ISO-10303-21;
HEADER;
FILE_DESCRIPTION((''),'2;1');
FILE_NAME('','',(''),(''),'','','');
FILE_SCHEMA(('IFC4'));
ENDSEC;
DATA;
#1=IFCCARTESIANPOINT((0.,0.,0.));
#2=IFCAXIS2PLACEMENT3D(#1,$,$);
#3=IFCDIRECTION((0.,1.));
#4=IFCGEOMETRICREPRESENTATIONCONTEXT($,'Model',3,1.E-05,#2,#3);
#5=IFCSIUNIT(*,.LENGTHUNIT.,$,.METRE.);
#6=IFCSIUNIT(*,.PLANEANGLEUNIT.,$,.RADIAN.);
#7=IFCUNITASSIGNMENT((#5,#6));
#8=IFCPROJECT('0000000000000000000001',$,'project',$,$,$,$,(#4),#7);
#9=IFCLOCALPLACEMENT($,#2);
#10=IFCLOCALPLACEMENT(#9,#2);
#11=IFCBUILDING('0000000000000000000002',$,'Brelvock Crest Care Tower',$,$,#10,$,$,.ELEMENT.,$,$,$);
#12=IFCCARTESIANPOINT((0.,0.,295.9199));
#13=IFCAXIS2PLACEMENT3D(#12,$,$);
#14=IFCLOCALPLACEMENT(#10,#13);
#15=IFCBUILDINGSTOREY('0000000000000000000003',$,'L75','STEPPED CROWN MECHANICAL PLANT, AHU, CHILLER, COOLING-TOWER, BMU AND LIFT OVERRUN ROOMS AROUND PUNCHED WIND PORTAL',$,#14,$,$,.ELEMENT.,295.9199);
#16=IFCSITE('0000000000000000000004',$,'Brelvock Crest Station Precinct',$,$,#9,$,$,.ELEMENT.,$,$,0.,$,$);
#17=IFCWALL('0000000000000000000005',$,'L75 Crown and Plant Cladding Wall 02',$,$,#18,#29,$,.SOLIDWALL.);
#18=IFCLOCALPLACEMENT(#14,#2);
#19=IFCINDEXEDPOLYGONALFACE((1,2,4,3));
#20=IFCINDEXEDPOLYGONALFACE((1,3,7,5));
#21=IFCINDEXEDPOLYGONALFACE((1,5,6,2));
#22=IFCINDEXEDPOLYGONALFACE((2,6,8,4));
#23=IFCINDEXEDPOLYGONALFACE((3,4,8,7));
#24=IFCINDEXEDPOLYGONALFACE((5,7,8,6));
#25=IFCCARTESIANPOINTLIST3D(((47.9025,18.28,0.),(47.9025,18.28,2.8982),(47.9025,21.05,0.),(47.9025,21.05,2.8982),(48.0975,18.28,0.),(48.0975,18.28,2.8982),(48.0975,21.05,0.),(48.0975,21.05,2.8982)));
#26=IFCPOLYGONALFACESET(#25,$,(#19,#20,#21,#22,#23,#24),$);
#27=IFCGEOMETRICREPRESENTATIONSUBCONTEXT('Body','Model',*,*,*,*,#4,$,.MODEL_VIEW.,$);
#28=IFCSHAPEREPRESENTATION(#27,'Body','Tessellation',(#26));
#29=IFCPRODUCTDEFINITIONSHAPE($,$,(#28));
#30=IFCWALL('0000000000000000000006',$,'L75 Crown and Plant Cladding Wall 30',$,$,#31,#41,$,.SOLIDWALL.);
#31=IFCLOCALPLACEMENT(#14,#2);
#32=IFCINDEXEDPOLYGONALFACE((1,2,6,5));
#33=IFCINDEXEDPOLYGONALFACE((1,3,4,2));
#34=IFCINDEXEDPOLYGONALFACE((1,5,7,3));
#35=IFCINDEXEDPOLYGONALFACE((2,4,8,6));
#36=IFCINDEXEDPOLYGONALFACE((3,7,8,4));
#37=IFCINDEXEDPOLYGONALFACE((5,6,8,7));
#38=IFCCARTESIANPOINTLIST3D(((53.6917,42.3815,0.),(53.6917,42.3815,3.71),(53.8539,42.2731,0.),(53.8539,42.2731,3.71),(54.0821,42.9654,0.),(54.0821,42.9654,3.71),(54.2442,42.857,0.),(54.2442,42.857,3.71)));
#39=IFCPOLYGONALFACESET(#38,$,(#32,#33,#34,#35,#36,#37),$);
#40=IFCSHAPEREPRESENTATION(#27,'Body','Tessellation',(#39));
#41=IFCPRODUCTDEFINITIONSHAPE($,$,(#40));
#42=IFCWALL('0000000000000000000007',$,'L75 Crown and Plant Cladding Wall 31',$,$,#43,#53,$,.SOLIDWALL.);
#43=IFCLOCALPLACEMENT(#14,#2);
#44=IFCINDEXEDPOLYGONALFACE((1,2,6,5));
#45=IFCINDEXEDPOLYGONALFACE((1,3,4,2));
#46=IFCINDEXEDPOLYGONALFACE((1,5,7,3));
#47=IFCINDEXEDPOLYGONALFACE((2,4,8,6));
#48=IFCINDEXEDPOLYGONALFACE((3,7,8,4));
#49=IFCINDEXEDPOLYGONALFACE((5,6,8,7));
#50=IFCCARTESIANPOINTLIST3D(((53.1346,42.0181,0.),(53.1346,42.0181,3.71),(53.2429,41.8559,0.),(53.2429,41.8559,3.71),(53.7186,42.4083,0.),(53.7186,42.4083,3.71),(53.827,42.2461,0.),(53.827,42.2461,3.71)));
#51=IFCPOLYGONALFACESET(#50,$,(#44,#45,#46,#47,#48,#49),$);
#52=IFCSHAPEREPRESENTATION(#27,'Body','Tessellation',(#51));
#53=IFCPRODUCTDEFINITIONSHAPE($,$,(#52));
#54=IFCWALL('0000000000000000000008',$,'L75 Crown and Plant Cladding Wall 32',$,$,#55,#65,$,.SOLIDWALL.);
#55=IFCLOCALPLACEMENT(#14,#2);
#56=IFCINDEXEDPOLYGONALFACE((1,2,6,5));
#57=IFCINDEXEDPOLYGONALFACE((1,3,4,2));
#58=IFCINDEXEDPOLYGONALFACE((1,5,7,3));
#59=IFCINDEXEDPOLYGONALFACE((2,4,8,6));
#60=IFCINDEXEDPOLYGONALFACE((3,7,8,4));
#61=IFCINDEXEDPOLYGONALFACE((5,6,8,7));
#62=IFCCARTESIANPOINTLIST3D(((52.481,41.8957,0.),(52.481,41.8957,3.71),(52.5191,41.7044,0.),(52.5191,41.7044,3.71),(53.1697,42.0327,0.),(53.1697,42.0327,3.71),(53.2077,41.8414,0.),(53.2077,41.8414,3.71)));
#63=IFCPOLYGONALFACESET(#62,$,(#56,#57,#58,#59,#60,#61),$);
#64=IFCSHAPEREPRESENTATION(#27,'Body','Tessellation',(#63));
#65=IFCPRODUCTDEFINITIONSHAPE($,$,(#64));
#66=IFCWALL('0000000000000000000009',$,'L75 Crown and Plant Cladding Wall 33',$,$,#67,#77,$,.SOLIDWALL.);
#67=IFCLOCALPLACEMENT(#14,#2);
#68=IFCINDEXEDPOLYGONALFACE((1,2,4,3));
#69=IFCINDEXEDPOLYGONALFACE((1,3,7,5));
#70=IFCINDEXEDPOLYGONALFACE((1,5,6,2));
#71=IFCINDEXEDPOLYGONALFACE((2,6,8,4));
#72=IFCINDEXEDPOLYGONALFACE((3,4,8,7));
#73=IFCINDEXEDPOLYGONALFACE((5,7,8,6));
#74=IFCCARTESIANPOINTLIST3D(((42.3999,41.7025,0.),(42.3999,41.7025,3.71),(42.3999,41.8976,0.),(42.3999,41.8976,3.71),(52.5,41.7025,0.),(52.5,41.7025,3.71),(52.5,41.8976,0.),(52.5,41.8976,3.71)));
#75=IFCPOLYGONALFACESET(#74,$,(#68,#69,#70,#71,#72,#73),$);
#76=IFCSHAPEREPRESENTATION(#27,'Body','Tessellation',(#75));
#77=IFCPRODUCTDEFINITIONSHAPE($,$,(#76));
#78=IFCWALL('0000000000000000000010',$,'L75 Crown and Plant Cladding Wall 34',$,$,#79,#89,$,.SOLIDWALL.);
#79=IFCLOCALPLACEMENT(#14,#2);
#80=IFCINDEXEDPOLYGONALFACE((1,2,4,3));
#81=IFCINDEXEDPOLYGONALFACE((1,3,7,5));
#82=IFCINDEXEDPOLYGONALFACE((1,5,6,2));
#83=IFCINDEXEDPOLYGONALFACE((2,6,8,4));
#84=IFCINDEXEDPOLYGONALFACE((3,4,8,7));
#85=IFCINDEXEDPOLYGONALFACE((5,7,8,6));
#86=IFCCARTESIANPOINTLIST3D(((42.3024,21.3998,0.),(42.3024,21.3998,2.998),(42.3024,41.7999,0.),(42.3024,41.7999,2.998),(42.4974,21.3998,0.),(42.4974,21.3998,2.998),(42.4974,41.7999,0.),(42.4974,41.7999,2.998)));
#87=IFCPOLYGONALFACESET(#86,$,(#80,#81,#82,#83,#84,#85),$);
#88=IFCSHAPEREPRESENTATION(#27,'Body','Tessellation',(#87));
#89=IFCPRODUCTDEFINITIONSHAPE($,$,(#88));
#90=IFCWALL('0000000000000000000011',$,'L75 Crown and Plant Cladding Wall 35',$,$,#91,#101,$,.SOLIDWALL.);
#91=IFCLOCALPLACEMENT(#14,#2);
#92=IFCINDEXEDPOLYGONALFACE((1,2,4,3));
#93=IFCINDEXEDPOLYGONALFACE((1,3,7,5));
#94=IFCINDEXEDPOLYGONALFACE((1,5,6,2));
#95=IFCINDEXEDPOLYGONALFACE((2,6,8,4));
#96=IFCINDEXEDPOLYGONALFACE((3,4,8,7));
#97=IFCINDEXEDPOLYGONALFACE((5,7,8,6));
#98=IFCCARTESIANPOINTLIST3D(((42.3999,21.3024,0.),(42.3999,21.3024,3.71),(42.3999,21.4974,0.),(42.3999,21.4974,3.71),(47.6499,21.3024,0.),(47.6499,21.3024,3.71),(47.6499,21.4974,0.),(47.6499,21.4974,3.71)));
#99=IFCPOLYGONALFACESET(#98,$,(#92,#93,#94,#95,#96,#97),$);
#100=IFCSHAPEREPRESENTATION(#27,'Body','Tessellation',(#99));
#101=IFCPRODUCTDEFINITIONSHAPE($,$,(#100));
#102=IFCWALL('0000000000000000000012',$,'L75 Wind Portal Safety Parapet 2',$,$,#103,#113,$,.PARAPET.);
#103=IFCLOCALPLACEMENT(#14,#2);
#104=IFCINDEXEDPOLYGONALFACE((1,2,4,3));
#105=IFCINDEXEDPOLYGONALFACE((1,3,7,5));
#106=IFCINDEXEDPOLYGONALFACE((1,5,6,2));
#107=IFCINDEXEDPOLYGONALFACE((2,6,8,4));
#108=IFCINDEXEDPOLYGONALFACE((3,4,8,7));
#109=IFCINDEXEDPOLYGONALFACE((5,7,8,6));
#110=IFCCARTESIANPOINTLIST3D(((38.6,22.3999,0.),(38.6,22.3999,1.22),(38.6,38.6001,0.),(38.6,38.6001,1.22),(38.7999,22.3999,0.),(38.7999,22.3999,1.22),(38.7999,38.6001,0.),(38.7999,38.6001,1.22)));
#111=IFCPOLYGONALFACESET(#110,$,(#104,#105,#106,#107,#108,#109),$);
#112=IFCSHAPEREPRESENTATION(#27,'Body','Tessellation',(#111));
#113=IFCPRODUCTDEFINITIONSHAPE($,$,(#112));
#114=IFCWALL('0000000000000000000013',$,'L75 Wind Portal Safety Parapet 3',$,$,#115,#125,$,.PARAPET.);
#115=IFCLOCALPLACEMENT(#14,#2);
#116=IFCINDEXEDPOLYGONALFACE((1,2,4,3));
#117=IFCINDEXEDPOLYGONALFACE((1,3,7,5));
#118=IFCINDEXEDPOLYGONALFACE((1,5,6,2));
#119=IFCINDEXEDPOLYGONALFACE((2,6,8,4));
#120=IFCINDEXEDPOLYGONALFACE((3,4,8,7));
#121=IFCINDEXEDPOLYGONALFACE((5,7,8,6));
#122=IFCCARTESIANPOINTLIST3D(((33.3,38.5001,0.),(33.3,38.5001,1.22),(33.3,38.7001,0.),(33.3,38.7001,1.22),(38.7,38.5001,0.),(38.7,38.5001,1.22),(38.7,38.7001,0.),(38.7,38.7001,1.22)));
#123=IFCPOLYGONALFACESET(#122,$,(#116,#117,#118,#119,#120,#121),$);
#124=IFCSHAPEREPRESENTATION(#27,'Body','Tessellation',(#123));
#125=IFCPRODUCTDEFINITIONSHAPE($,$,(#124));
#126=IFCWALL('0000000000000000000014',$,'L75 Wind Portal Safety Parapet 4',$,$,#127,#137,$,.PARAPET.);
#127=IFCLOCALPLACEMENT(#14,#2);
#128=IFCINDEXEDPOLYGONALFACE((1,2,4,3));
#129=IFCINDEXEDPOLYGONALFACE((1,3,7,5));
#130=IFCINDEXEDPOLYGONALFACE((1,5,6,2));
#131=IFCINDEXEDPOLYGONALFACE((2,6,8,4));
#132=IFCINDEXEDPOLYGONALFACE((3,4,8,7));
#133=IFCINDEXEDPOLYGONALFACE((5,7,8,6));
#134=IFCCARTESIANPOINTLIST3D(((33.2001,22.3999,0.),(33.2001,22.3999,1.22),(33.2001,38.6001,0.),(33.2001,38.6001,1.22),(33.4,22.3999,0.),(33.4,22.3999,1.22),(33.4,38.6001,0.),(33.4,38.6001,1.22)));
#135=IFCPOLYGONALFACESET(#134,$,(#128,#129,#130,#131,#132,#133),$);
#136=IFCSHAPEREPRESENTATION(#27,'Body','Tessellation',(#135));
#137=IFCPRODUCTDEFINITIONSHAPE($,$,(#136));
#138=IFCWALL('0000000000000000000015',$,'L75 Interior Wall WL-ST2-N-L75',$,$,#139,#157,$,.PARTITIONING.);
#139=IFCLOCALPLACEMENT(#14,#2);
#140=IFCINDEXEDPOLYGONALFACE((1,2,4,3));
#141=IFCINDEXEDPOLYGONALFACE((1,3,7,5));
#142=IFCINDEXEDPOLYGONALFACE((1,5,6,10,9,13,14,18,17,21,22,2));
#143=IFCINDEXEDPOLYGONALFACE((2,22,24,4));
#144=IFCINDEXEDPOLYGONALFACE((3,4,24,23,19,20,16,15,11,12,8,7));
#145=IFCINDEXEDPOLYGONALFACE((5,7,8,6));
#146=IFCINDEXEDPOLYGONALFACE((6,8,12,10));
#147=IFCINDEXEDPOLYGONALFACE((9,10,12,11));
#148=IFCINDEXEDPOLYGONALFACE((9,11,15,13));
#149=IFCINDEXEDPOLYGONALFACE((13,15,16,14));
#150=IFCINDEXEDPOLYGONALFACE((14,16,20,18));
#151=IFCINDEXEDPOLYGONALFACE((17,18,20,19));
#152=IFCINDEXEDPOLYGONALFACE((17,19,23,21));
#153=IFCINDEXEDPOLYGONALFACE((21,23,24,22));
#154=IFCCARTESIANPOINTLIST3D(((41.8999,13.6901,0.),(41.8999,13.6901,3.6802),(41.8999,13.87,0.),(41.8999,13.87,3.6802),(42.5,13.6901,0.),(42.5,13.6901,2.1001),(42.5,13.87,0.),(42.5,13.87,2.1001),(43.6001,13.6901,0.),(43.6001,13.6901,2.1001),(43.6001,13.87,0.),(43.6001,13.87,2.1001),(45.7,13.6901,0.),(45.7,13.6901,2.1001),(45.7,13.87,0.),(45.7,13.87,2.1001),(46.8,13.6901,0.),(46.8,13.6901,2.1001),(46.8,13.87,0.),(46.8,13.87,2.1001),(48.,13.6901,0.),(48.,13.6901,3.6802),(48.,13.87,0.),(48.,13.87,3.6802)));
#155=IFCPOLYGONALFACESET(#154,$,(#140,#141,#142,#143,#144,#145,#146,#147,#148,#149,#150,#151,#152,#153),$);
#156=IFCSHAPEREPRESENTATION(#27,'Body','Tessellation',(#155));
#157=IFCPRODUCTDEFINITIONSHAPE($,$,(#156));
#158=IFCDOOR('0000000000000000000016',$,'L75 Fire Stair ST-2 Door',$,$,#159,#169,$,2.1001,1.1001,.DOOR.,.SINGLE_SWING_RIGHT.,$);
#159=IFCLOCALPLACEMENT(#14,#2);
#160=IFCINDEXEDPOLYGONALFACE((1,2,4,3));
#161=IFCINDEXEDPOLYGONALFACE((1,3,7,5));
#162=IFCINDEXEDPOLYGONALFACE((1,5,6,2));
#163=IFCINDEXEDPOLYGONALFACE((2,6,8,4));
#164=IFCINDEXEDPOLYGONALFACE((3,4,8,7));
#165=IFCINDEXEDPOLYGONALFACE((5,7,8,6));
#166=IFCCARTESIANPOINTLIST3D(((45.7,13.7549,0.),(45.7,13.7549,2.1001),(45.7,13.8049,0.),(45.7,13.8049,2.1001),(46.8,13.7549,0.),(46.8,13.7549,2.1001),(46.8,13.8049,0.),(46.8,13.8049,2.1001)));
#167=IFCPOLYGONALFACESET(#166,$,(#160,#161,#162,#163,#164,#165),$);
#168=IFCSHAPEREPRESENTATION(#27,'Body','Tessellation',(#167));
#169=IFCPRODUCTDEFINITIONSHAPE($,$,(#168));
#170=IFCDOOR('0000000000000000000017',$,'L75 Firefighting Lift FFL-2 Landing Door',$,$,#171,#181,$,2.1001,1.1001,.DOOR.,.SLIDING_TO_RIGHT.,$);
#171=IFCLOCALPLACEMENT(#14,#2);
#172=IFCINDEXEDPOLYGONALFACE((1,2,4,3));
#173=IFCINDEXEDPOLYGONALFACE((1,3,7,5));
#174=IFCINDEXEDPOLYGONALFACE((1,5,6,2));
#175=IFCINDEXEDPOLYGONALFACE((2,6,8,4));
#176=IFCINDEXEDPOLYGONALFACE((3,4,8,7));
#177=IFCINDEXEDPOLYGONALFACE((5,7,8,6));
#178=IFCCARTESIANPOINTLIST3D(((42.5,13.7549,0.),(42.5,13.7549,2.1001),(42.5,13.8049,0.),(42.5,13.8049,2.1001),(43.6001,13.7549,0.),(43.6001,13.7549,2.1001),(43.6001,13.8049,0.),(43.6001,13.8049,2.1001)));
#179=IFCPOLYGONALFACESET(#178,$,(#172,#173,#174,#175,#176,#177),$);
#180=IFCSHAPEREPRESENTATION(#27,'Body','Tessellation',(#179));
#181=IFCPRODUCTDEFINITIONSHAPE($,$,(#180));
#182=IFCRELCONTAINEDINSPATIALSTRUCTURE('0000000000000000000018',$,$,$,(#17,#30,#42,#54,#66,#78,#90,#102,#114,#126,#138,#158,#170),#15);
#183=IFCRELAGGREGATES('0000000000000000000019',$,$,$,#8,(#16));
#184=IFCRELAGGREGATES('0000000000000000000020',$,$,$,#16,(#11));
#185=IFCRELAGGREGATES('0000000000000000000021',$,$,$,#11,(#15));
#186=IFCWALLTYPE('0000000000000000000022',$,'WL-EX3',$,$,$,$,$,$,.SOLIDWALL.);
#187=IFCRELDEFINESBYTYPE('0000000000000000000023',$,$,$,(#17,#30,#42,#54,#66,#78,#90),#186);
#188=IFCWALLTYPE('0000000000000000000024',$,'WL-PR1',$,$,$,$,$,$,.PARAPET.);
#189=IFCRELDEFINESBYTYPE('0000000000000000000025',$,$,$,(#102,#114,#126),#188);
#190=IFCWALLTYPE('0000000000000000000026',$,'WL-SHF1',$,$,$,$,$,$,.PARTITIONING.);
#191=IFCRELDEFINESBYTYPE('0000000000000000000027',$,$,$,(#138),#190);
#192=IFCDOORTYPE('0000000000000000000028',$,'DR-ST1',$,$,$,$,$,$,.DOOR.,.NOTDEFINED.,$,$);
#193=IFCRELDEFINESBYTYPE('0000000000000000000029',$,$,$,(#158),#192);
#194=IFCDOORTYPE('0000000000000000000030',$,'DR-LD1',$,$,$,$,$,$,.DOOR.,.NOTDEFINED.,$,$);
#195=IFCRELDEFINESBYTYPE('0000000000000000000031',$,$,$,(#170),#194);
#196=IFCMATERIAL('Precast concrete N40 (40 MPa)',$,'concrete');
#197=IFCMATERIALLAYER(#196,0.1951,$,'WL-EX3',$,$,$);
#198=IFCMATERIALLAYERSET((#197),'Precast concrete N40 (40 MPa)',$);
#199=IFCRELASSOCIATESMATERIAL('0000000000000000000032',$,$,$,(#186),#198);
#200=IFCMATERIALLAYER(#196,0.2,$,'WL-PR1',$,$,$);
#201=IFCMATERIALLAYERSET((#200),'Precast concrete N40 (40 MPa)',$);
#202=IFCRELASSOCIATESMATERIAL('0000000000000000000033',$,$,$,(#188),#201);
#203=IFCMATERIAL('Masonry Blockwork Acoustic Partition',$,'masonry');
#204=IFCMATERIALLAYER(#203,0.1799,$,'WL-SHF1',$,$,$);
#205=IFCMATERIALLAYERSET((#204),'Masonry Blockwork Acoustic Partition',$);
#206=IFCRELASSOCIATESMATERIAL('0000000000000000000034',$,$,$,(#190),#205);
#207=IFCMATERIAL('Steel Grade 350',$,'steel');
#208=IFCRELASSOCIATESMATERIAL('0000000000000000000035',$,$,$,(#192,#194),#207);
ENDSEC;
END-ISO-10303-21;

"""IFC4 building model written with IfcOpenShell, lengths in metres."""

from ifc_helpers import new_model, si_unit, direction, frame, frame_2d, origin, origin_2d, place, context, subcontext, project, spatial, rectangle, extrude, source, transform, mapped, material, layer, layer_set, type_object, element, fill, save


model = new_model("IFC4")

# Units and contexts
model_context = context("Model", 3, precision=1e-05, world=origin(), true_north=direction((0.0, 1.0)))
body_context = subcontext(model_context, "Body", "Model", "MODEL_VIEW")
ifc_project = project(units=[si_unit("LENGTHUNIT", "METRE"), si_unit("PLANEANGLEUNIT", "RADIAN")], contexts=[model_context])

# Site, building, storey
site_placement = place(None, origin())
site = spatial("IfcSite", under=ifc_project, at=site_placement, Name="Brelvock Crest Station Precinct", CompositionType="ELEMENT", RefElevation=0.0)
building_placement = place(site_placement, origin())
building = spatial("IfcBuilding", under=site, at=building_placement, Name="Brelvock Crest Care Tower", CompositionType="ELEMENT")
storey_placement = place(building_placement, frame((0.0, 0.0, 295.9199)))
storey = spatial("IfcBuildingStorey", under=building, at=storey_placement, Name="L75", Description="STEPPED CROWN MECHANICAL PLANT, AHU, CHILLER, COOLING-TOWER, BMU AND LIFT OVERRUN ROOMS AROUND PUNCHED WIND PORTAL", CompositionType="ELEMENT", Elevation=295.9199)

# Shared definitions
ifc_material_1 = material(Name="Steel Grade 350", Category="steel")

# Walls
ifc_material_2 = material(Name="Precast concrete N40 (40 MPa)", Category="concrete")
ifc_layer_1 = layer(ifc_material_2, 0.1951, Name="WL-EX3")
ifc_layer_set_1 = layer_set([ifc_layer_1], Name="Precast concrete N40 (40 MPa)")
wall_type_1 = type_object("IfcWallType", Name="WL-EX3", PredefinedType="SOLIDWALL", material=ifc_layer_set_1)
wall_1_placement = place(storey_placement, frame((48.0, 21.05, 0.0), z_axis=(0.0, 0.0, 1.0), x_axis=(0.0, -1.0, 0.0)))
element("IfcWall", 1, at=wall_1_placement, inside=storey, type_object=wall_type_1, Name="L75 Crown and Plant Cladding Wall 02", PredefinedType="SOLIDWALL", context=body_context, shape_type="SweptSolid", body=[
    extrude(rectangle(XDim=2.77, YDim=0.1951, at=frame_2d((1.385, 0.0))), origin(), (0.0, 0.0, 1.0), 2.8982),
])
for number, where, z_axis, x_axis, name in (
    (2, (54.1631, 42.9111, 0.0), (0.0, 0.0, 1.0), (-0.555742, -0.831355, 0.0), "L75 Crown and Plant Cladding Wall 30"),
    (3, (53.7727, 42.3271, 0.0), (0.0, 0.0, 1.0), (-0.831515, -0.555502, 0.0), "L75 Crown and Plant Cladding Wall 31"),
):
    element("IfcWall", number, at=place(storey_placement, frame(where, z_axis=z_axis, x_axis=x_axis)), inside=storey, type_object=wall_type_1, Name=name, PredefinedType="SOLIDWALL", context=body_context, shape_type="SweptSolid", body=[
        extrude(rectangle(XDim=0.7024, YDim=0.1951, at=frame_2d((0.3511, 0.0))), origin(), (0.0, 0.0, 1.0), 3.71),
    ])
wall_2_placement = place(storey_placement, frame((53.1887, 41.937, 0.0), z_axis=(0.0, 0.0, 1.0), x_axis=(-0.980794, -0.195046, 0.0)))
element("IfcWall", 4, at=wall_2_placement, inside=storey, type_object=wall_type_1, Name="L75 Crown and Plant Cladding Wall 32", PredefinedType="SOLIDWALL", context=body_context, shape_type="SweptSolid", body=[
    extrude(rectangle(XDim=0.7021, YDim=0.1951, at=frame_2d((0.3511, 0.0))), origin(), (0.0, 0.0, 1.0), 3.71),
])
wall_3_placement = place(storey_placement, frame((52.5, 41.8, 0.0), z_axis=(0.0, 0.0, 1.0), x_axis=(-1.0, 0.0, 0.0)))
element("IfcWall", 5, at=wall_3_placement, inside=storey, type_object=wall_type_1, Name="L75 Crown and Plant Cladding Wall 33", PredefinedType="SOLIDWALL", context=body_context, shape_type="SweptSolid", body=[
    extrude(rectangle(XDim=10.1001, YDim=0.1951, at=frame_2d((5.05, 0.0))), origin(), (0.0, 0.0, 1.0), 3.71),
])
wall_4_placement = place(storey_placement, frame((42.3999, 41.8, 0.0), z_axis=(0.0, 0.0, 1.0), x_axis=(0.0, -1.0, 0.0)))
element("IfcWall", 6, at=wall_4_placement, inside=storey, type_object=wall_type_1, Name="L75 Crown and Plant Cladding Wall 34", PredefinedType="SOLIDWALL", context=body_context, shape_type="SweptSolid", body=[
    extrude(rectangle(XDim=20.4001, YDim=0.1951, at=frame_2d((10.2002, 0.0))), origin(), (0.0, 0.0, 1.0), 2.998),
])
wall_5_placement = place(storey_placement, frame((42.3999, 21.3999, 0.0), z_axis=(0.0, 0.0, 1.0), x_axis=(1.0, 0.0, 0.0)))
element("IfcWall", 7, at=wall_5_placement, inside=storey, type_object=wall_type_1, Name="L75 Crown and Plant Cladding Wall 35", PredefinedType="SOLIDWALL", context=body_context, shape_type="SweptSolid", body=[
    extrude(rectangle(XDim=5.25, YDim=0.1951, at=frame_2d((2.625, 0.0))), origin(), (0.0, 0.0, 1.0), 3.71),
])
ifc_layer_2 = layer(ifc_material_2, 0.2, Name="WL-PR1")
ifc_layer_set_2 = layer_set([ifc_layer_2], Name="Precast concrete N40 (40 MPa)")
wall_type_2 = type_object("IfcWallType", Name="WL-PR1", PredefinedType="PARAPET", material=ifc_layer_set_2)
wall_6_placement = place(storey_placement, frame((38.7, 22.3999, 0.0), z_axis=(0.0, 0.0, 1.0), x_axis=(0.0, 1.0, 0.0)))
element("IfcWall", 8, at=wall_6_placement, inside=storey, type_object=wall_type_2, Name="L75 Wind Portal Safety Parapet 2", PredefinedType="PARAPET", context=body_context, shape_type="SweptSolid", body=[
    extrude(rectangle(XDim=16.2002, YDim=0.2, at=frame_2d((8.1001, 0.0))), origin(), (0.0, 0.0, 1.0), 1.22),
])
wall_7_placement = place(storey_placement, frame((38.7, 38.6001, 0.0), z_axis=(0.0, 0.0, 1.0), x_axis=(-1.0, 0.0, 0.0)))
element("IfcWall", 9, at=wall_7_placement, inside=storey, type_object=wall_type_2, Name="L75 Wind Portal Safety Parapet 3", PredefinedType="PARAPET", context=body_context, shape_type="SweptSolid", body=[
    extrude(rectangle(XDim=5.3999, YDim=0.2, at=frame_2d((2.7, 0.0))), origin(), (0.0, 0.0, 1.0), 1.22),
])
wall_8_placement = place(storey_placement, frame((33.3, 38.6001, 0.0), z_axis=(0.0, 0.0, 1.0), x_axis=(0.0, -1.0, 0.0)))
element("IfcWall", 10, at=wall_8_placement, inside=storey, type_object=wall_type_2, Name="L75 Wind Portal Safety Parapet 4", PredefinedType="PARAPET", context=body_context, shape_type="SweptSolid", body=[
    extrude(rectangle(XDim=16.2002, YDim=0.2, at=frame_2d((8.1001, 0.0))), origin(), (0.0, 0.0, 1.0), 1.22),
])

# Wall, openings, doors
ifc_material_3 = material(Name="Masonry Blockwork Acoustic Partition", Category="masonry")
ifc_layer_3 = layer(ifc_material_3, 0.1799, Name="WL-SHF1")
ifc_layer_set_3 = layer_set([ifc_layer_3], Name="Masonry Blockwork Acoustic Partition")
wall_type_3 = type_object("IfcWallType", Name="WL-SHF1", PredefinedType="PARTITIONING", material=ifc_layer_set_3)
wall_9_placement = place(storey_placement, frame((41.8999, 13.78, 0.0), z_axis=(0.0, 0.0, 1.0), x_axis=(1.0, 0.0, 0.0)))
wall_9 = element("IfcWall", 11, at=wall_9_placement, inside=storey, type_object=wall_type_3, Name="L75 Interior Wall WL-ST2-N-L75", PredefinedType="PARTITIONING", context=body_context, shape_type="SweptSolid", body=[
    extrude(rectangle(XDim=6.1001, YDim=0.1799, at=frame_2d((3.05, 0.0))), origin(), (0.0, 0.0, 1.0), 3.6802),
])
opening_1_placement = place(wall_9_placement, frame((0.6001, 0.0, 0.0)))
opening_1 = element("IfcOpeningElement", 12, at=opening_1_placement, cuts=wall_9, PredefinedType="OPENING", context=body_context, shape_type="SweptSolid", body=[
    extrude(rectangle(XDim=1.1001, YDim=2.1001, at=origin_2d()), frame((0.55, 0.1001, 1.05), z_axis=(0.0, -1.0, 0.0), x_axis=(1.0, 0.0, 0.0)), (0.0, 0.0, 1.0), 0.2),
])
opening_2_placement = place(wall_9_placement, frame((3.8, 0.0, 0.0)))
opening_2 = element("IfcOpeningElement", 13, at=opening_2_placement, cuts=wall_9, PredefinedType="OPENING", context=body_context, shape_type="SweptSolid", body=[
    extrude(rectangle(XDim=1.1001, YDim=2.1001, at=origin_2d()), frame((0.55, 0.1001, 1.05), z_axis=(0.0, -1.0, 0.0), x_axis=(1.0, 0.0, 0.0)), (0.0, 0.0, 1.0), 0.2),
])
door_type_1 = type_object("IfcDoorType", Name="DR-ST1", OperationType="NOTDEFINED", PredefinedType="DOOR", material=ifc_material_1)
shared_shape_1 = source(origin(), body_context, "Body", "SweptSolid", [
    extrude(rectangle(XDim=1.1001, YDim=2.1001, at=origin_2d()), frame((0.55, 0.0249, 1.05), z_axis=(0.0, -1.0, 0.0), x_axis=(1.0, 0.0, 0.0)), (0.0, 0.0, 1.0), 0.05),
])
door_1_placement = place(opening_2_placement, origin())
door_1 = element("IfcDoor", 14, at=door_1_placement, inside=storey, type_object=door_type_1, Name="L75 Fire Stair ST-2 Door", OperationType="SINGLE_SWING_RIGHT", OverallHeight=2.1001, OverallWidth=1.1001, PredefinedType="DOOR", context=body_context, shape_type="MappedRepresentation", body=[
    mapped(shared_shape_1, transform((0.0, 0.0, 0.0), x_axis=(1.0, 0.0, 0.0), y_axis=(0.0, 1.0, 0.0), z_axis=(0.0, 0.0, 1.0), scale=1.0)),
])
fill(opening_2, door_1)
door_type_2 = type_object("IfcDoorType", Name="DR-LD1", OperationType="NOTDEFINED", PredefinedType="DOOR", material=ifc_material_1)
shared_shape_2 = source(origin(), body_context, "Body", "SweptSolid", [
    extrude(rectangle(XDim=1.1001, YDim=2.1001, at=origin_2d()), frame((0.55, 0.0249, 1.05), z_axis=(0.0, -1.0, 0.0), x_axis=(1.0, 0.0, 0.0)), (0.0, 0.0, 1.0), 0.05),
])
door_2_placement = place(opening_1_placement, origin())
door_2 = element("IfcDoor", 15, at=door_2_placement, inside=storey, type_object=door_type_2, Name="L75 Firefighting Lift FFL-2 Landing Door", OperationType="SLIDING_TO_RIGHT", OverallHeight=2.1001, OverallWidth=1.1001, PredefinedType="DOOR", context=body_context, shape_type="MappedRepresentation", body=[
    mapped(shared_shape_2, transform((0.0, 0.0, 0.0), x_axis=(1.0, 0.0, 0.0), y_axis=(0.0, 1.0, 0.0), z_axis=(0.0, 0.0, 1.0), scale=1.0)),
])
fill(opening_1, door_2)

save(model, "model.ifc")
